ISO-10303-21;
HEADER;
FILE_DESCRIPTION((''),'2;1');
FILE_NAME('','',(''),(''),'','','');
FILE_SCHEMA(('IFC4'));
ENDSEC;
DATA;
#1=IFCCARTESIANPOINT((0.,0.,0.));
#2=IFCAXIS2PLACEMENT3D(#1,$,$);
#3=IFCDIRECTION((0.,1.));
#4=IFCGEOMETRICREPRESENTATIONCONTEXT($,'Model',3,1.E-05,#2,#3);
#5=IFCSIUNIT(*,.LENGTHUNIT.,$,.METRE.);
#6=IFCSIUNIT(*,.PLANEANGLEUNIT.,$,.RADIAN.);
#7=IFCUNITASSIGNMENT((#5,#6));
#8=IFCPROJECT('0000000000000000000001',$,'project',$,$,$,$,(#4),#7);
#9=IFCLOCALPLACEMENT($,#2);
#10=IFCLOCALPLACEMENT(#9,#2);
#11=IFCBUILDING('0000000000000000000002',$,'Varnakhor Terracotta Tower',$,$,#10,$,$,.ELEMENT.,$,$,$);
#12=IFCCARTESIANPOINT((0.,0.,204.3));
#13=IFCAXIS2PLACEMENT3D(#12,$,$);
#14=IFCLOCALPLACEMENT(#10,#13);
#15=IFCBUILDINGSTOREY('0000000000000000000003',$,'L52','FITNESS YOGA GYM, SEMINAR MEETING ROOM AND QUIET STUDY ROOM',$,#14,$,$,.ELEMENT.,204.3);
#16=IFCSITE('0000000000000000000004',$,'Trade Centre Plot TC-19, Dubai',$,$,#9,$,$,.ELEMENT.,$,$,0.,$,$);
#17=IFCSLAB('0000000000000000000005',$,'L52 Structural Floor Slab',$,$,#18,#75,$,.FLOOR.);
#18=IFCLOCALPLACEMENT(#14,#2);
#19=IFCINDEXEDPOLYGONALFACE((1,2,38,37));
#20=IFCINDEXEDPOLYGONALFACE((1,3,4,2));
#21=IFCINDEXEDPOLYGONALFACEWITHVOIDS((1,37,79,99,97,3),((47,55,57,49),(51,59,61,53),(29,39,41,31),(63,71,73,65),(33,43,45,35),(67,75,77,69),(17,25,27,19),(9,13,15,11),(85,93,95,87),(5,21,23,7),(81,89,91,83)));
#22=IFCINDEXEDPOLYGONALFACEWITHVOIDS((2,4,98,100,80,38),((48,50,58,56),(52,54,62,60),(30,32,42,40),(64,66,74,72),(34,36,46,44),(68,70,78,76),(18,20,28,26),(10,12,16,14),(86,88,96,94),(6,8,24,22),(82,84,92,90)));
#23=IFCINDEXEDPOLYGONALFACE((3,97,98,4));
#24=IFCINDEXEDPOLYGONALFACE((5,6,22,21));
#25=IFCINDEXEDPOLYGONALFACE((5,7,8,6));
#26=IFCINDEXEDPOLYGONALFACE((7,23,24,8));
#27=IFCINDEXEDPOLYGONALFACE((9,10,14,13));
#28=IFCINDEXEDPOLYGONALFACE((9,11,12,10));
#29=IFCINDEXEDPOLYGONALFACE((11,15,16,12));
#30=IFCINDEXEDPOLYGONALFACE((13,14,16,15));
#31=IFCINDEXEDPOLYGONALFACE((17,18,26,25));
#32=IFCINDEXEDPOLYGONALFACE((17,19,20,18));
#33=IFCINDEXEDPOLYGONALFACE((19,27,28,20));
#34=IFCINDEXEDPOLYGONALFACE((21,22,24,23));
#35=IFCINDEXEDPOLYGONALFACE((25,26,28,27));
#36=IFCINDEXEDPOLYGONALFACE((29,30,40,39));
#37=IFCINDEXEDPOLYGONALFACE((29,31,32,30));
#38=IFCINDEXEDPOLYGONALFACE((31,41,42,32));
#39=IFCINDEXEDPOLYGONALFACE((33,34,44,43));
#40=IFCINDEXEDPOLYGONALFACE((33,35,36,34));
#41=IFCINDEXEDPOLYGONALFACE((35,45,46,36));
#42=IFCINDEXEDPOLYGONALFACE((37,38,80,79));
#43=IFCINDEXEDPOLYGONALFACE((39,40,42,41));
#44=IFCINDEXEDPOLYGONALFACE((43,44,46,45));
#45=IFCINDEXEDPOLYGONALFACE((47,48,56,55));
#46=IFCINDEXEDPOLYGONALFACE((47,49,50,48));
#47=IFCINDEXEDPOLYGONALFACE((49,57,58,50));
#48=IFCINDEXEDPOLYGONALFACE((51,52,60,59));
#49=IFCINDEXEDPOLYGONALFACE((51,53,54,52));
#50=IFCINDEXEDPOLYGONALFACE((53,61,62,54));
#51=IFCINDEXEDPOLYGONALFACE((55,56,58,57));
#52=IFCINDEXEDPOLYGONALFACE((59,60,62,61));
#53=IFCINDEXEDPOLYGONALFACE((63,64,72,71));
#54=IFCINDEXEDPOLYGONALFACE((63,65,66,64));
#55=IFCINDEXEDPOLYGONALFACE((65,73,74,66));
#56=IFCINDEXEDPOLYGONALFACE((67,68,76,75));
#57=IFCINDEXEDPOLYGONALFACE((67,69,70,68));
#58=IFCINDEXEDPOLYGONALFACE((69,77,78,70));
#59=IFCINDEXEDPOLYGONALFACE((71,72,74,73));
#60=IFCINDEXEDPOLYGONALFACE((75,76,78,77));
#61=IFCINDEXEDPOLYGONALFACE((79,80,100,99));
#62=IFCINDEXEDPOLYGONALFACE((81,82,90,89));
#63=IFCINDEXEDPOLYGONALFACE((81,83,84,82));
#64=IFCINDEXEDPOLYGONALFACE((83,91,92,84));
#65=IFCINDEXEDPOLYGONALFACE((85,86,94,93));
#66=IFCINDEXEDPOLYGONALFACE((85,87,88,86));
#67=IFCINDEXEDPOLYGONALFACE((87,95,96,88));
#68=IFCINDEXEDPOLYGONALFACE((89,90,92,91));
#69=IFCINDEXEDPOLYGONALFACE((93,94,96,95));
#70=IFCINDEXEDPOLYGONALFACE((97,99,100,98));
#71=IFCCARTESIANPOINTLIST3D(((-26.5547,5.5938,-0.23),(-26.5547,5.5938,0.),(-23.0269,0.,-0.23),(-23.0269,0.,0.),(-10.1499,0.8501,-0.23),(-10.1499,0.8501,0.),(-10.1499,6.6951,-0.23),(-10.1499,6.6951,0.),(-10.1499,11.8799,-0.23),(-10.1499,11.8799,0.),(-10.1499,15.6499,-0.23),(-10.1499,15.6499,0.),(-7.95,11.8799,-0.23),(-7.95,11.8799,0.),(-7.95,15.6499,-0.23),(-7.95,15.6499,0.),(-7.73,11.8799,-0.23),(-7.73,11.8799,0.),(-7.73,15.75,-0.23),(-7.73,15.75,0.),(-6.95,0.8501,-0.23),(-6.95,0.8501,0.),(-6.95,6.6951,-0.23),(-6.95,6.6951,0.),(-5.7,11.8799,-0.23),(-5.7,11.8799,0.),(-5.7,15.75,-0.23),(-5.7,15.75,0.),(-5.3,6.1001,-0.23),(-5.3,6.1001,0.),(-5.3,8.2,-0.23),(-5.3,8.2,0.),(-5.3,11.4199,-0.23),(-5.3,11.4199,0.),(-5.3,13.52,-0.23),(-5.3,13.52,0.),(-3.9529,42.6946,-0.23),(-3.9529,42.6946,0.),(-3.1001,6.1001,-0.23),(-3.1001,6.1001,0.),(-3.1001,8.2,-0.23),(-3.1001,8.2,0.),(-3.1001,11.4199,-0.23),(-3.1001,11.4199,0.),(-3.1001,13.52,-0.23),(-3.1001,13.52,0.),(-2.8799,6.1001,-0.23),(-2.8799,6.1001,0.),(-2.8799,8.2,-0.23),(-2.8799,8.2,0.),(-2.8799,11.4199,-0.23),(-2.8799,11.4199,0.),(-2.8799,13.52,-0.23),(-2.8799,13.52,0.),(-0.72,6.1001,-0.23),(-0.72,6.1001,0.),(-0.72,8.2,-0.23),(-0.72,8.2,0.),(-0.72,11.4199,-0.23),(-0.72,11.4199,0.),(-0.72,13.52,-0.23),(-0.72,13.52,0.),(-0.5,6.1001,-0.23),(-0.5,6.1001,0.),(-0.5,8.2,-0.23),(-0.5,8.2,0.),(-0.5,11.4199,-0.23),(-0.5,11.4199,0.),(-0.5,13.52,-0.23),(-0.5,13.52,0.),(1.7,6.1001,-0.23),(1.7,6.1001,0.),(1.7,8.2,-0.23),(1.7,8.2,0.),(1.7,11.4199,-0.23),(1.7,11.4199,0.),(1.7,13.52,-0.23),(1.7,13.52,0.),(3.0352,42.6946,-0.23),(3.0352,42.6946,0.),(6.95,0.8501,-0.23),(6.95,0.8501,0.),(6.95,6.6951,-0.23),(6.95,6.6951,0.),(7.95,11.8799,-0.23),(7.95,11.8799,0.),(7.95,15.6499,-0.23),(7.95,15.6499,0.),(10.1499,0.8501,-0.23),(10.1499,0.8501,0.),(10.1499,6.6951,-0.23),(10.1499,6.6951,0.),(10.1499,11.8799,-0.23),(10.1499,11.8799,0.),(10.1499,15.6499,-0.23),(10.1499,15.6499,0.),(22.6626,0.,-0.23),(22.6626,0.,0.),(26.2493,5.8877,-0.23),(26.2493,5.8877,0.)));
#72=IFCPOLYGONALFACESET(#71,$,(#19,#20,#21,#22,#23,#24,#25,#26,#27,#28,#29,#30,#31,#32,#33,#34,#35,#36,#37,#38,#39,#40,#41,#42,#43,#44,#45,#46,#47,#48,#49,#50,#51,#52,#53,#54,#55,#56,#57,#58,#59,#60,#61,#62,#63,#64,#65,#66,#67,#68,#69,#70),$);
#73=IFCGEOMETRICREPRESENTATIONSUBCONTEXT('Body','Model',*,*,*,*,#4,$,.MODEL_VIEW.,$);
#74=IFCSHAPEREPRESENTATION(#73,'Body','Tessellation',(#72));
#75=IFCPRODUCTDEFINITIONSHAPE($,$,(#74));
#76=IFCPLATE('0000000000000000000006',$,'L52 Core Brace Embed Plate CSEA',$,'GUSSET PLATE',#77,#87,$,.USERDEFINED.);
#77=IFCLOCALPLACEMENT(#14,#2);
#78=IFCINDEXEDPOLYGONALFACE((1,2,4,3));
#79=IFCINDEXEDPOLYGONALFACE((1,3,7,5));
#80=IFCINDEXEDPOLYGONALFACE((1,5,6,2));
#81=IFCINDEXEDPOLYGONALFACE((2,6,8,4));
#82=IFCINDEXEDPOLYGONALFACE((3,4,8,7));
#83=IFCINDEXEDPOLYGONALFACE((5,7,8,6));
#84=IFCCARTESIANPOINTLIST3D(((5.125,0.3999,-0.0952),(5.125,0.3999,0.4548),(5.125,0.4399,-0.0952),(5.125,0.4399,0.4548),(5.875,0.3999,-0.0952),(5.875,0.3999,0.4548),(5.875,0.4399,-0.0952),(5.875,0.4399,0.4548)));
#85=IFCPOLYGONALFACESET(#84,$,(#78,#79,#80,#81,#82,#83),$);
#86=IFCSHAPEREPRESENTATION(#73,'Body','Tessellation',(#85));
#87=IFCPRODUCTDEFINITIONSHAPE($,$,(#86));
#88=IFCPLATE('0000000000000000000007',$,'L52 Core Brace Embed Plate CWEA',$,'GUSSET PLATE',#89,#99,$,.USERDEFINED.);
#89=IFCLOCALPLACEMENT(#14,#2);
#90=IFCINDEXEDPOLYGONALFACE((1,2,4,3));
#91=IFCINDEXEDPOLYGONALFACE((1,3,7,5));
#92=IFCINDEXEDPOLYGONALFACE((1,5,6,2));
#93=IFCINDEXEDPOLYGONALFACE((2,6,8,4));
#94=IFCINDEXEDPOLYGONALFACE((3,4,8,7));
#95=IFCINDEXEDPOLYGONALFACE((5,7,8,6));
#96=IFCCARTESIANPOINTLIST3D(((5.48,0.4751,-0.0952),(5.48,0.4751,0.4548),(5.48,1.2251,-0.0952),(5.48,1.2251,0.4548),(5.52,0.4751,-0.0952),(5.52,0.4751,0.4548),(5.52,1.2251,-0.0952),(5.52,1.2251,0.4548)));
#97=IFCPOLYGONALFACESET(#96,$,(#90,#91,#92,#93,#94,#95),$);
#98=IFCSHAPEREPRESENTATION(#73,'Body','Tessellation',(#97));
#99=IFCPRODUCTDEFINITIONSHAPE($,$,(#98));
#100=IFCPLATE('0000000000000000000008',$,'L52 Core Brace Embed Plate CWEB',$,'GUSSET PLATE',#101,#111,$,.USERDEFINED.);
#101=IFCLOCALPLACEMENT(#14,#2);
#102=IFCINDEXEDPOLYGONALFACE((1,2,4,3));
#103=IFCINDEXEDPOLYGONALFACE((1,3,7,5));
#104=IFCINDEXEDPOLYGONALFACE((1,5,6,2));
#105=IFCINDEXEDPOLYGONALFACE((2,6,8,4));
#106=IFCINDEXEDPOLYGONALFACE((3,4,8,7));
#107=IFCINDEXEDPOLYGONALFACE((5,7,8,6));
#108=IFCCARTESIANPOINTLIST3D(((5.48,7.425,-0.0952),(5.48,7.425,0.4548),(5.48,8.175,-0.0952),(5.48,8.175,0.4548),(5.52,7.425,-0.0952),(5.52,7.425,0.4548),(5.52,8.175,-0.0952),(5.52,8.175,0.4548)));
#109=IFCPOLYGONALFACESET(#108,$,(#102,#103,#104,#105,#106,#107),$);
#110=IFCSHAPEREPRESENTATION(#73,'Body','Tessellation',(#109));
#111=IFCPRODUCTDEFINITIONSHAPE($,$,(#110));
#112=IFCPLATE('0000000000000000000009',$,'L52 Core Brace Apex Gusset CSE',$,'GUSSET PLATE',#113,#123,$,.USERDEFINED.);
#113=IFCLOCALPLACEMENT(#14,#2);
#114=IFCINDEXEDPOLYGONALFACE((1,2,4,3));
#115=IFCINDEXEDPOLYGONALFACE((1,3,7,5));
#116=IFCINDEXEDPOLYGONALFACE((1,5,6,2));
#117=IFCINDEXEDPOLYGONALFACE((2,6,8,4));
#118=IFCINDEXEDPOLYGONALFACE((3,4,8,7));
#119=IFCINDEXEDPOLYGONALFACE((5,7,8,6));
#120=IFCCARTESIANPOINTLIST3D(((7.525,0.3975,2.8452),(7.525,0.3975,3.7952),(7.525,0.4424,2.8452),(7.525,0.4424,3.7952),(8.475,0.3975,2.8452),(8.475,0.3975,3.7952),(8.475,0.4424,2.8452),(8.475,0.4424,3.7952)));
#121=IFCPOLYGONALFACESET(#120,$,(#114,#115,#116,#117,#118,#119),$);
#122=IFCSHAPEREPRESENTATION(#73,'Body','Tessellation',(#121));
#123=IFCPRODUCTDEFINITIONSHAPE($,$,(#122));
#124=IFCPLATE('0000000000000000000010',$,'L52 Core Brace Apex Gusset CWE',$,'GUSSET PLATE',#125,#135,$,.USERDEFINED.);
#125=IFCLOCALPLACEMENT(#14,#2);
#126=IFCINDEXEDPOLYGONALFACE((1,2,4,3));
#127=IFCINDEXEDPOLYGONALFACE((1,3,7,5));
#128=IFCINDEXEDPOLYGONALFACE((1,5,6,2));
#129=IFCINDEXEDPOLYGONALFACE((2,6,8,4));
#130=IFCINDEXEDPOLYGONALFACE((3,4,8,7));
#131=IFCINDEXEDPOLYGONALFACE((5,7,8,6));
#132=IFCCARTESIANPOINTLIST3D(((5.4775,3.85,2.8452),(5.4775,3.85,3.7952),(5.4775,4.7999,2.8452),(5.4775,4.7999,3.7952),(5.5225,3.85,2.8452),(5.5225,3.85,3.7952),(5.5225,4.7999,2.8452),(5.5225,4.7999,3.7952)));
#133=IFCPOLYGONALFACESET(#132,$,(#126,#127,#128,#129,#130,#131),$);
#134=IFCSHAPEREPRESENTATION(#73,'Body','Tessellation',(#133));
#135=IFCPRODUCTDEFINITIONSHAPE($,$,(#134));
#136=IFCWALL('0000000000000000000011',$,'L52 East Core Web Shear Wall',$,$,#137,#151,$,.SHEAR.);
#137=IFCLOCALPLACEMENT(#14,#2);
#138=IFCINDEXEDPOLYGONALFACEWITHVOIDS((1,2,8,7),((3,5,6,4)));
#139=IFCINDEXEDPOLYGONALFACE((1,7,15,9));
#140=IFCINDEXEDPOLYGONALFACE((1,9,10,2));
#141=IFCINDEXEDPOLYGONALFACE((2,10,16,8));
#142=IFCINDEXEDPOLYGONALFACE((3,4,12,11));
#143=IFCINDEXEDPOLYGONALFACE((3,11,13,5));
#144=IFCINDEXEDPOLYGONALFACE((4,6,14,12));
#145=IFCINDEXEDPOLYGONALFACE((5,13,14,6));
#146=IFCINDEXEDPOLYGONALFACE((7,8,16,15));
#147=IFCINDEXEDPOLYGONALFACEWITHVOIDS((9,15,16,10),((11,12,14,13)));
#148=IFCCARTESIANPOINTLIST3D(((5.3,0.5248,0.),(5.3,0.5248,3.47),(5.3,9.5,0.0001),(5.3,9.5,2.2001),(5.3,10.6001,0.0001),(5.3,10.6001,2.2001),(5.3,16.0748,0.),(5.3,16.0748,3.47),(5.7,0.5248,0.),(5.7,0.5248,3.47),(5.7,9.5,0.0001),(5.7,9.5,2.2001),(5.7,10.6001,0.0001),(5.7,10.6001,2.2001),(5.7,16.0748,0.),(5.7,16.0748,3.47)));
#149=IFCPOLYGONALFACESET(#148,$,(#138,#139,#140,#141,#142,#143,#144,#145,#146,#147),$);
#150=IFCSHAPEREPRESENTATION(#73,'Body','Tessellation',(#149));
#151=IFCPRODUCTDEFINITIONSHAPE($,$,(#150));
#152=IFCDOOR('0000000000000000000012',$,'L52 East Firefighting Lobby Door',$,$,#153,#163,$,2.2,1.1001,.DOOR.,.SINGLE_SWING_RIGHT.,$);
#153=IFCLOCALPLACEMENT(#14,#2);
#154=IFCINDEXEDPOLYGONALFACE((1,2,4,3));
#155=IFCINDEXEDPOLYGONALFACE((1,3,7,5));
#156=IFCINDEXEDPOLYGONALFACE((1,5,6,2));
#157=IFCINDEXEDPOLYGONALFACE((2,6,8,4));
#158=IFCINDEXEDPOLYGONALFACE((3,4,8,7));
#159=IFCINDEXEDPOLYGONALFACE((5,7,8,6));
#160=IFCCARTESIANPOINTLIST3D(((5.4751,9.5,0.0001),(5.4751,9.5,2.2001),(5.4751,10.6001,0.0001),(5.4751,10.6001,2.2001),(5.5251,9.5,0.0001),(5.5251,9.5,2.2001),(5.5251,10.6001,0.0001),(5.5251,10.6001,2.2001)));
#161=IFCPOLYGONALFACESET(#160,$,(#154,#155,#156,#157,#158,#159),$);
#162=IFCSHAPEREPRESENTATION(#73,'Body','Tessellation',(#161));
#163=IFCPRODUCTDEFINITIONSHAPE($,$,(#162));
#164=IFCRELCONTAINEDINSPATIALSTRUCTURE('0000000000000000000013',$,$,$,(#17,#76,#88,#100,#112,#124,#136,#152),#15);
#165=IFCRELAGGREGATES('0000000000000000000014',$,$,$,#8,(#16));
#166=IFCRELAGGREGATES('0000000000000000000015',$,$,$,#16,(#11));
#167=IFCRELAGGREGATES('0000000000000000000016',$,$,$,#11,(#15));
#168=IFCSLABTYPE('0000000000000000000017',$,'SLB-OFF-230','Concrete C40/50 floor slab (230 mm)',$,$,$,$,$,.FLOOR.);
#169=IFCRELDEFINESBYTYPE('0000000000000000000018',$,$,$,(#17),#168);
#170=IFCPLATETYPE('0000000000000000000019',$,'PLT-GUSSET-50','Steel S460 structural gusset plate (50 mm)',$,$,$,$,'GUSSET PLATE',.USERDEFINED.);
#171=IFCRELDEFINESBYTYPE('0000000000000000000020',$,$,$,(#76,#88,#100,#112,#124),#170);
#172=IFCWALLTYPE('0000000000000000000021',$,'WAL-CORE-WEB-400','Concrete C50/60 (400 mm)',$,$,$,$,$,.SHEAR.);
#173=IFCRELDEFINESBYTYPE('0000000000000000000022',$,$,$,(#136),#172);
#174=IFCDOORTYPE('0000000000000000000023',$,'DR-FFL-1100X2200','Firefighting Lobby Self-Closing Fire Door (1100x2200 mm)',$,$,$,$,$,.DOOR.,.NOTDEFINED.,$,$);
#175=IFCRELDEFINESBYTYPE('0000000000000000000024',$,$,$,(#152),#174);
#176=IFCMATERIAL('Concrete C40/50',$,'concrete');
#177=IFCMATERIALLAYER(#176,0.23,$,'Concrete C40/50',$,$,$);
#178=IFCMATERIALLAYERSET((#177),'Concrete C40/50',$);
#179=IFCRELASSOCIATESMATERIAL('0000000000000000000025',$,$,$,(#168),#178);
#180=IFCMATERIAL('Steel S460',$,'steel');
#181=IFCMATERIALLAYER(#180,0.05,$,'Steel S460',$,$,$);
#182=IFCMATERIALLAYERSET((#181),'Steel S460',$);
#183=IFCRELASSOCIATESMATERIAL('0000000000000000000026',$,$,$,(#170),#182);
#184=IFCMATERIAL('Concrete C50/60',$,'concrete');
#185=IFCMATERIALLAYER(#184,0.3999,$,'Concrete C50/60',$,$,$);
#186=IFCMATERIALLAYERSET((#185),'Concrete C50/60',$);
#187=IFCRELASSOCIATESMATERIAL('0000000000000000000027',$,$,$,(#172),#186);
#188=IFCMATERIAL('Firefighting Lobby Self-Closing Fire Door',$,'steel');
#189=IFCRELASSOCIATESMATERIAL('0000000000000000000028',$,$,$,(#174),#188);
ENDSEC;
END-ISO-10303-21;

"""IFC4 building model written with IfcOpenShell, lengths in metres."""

from ifc_helpers import new_model, si_unit, direction, frame, frame_2d, origin, origin_2d, place, context, subcontext, project, spatial, polyline, rectangle, outline, extrude, source, transform, mapped, material, layer, layer_set, type_object, type_shapes, element, fill, save


model = new_model("IFC4")

# Units and contexts
model_context = context("Model", 3, precision=1e-05, world=origin(), true_north=direction((0.0, 1.0)))
body_context = subcontext(model_context, "Body", "Model", "MODEL_VIEW")
ifc_project = project(units=[si_unit("LENGTHUNIT", "METRE"), si_unit("PLANEANGLEUNIT", "RADIAN")], contexts=[model_context])

# Site, building, storey
site_placement = place(None, origin())
site = spatial("IfcSite", under=ifc_project, at=site_placement, Name="Trade Centre Plot TC-19, Dubai", CompositionType="ELEMENT", RefElevation=0.0)
building_placement = place(site_placement, origin())
building = spatial("IfcBuilding", under=site, at=building_placement, Name="Varnakhor Terracotta Tower", CompositionType="ELEMENT")
storey_placement = place(building_placement, frame((0.0, 0.0, 204.3)))
storey = spatial("IfcBuildingStorey", under=building, at=storey_placement, Name="L52", Description="FITNESS YOGA GYM, SEMINAR MEETING ROOM AND QUIET STUDY ROOM", CompositionType="ELEMENT", Elevation=204.3)

# Shared definitions
ifc_material_1 = material(Name="Concrete C50/60", Category="concrete")

# Shared definitions
ifc_material_2 = material(Name="Steel S460", Category="steel")

# Shared definitions
ifc_material_3 = material(Name="Concrete C40/50", Category="concrete")

# Slab
ifc_layer_1 = layer(ifc_material_3, 0.23, Name="Concrete C40/50")
ifc_layer_set_1 = layer_set([ifc_layer_1], Name="Concrete C40/50")
slab_type_1 = type_object("IfcSlabType", Name="SLB-OFF-230", Description="Concrete C40/50 floor slab (230 mm)", PredefinedType="FLOOR", material=ifc_layer_set_1)
slab_1_placement = place(storey_placement, frame((0.0, 0.0, -0.23)))
element("IfcSlab", 1, at=slab_1_placement, inside=storey, type_object=slab_type_1, Name="L52 Structural Floor Slab", PredefinedType="FLOOR", context=body_context, shape_type="SweptSolid", body=[
    extrude(outline(polyline([(-26.5547, 5.5938), (-3.9529, 42.6946), (3.0352, 42.6946), (26.2493, 5.8877), (22.6626, 0.0), (-23.0269, 0.0), (-26.5547, 5.5938)]), holes=[polyline([(-6.95, 0.8501), (-6.95, 6.6951), (-10.1499, 6.6951), (-10.1499, 0.8501), (-6.95, 0.8501)]), polyline([(-3.1001, 6.1001), (-3.1001, 8.2), (-5.3, 8.2), (-5.3, 6.1001), (-3.1001, 6.1001)]), polyline([(-0.72, 6.1001), (-0.72, 8.2), (-2.8799, 8.2), (-2.8799, 6.1001), (-0.72, 6.1001)]), polyline([(-5.3, 11.4199), (-3.1001, 11.4199), (-3.1001, 13.52), (-5.3, 13.52), (-5.3, 11.4199)]), polyline([(-10.1499, 11.8799), (-7.95, 11.8799), (-7.95, 15.6499), (-10.1499, 15.6499), (-10.1499, 11.8799)]), polyline([(-5.7, 11.8799), (-5.7, 15.75), (-7.73, 15.75), (-7.73, 11.8799), (-5.7, 11.8799)]), polyline([(6.95, 0.8501), (10.1499, 0.8501), (10.1499, 6.6951), (6.95, 6.6951), (6.95, 0.8501)]), polyline([(-0.5, 6.1001), (1.7, 6.1001), (1.7, 8.2), (-0.5, 8.2), (-0.5, 6.1001)]), polyline([(-0.72, 11.4199), (-0.72, 13.52), (-2.8799, 13.52), (-2.8799, 11.4199), (-0.72, 11.4199)]), polyline([(-0.5, 11.4199), (1.7, 11.4199), (1.7, 13.52), (-0.5, 13.52), (-0.5, 11.4199)]), polyline([(7.95, 11.8799), (10.1499, 11.8799), (10.1499, 15.6499), (7.95, 15.6499), (7.95, 11.8799)])]), origin(), (0.0, 0.0, 1.0), 0.23),
])

# Plates
ifc_layer_2 = layer(ifc_material_2, 0.05, Name="Steel S460")
ifc_layer_set_2 = layer_set([ifc_layer_2], Name="Steel S460")
plate_type = type_object("IfcPlateType", Name="PLT-GUSSET-50", Description="Steel S460 structural gusset plate (50 mm)", ElementType="GUSSET PLATE", PredefinedType="USERDEFINED", material=ifc_layer_set_2)
shared_shape_1 = source(origin(), body_context, "Body", "SweptSolid", [
    extrude(rectangle(XDim=0.75, YDim=0.04, at=origin_2d()), origin(), (0.0, 0.0, 1.0), 0.55),
])
type_shapes(plate_type, [shared_shape_1])
for number, where, z_axis, x_axis, name in (
    (2, (5.5, 0.4199, -0.0952), (0.0, 0.0, 1.0), (1.0, 0.0, 0.0), "L52 Core Brace Embed Plate CSEA"),
    (3, (5.5, 0.8501, -0.0952), (0.0, 0.0, 1.0), (0.0, 1.0, 0.0), "L52 Core Brace Embed Plate CWEA"),
    (4, (5.5, 7.8, -0.0952), (0.0, 0.0, 1.0), (0.0, 1.0, 0.0), "L52 Core Brace Embed Plate CWEB"),
):
    element("IfcPlate", number, at=place(storey_placement, frame(where, z_axis=z_axis, x_axis=x_axis)), inside=storey, type_object=plate_type, Name=name, ObjectType="GUSSET PLATE", PredefinedType="USERDEFINED", context=body_context, shape_type="MappedRepresentation", body=[
        mapped(shared_shape_1, transform((0.0, 0.0, 0.0), scale=1.0)),
    ])
shared_shape_2 = source(origin(), body_context, "Body", "SweptSolid", [
    extrude(rectangle(XDim=0.95, YDim=0.0449, at=origin_2d()), origin(), (0.0, 0.0, 1.0), 0.95),
])
for number, where, z_axis, x_axis, name in (
    (5, (8.0, 0.4199, 2.8452), (0.0, 0.0, 1.0), (1.0, 0.0, 0.0), "L52 Core Brace Apex Gusset CSE"),
    (6, (5.5, 4.325, 2.8452), (0.0, 0.0, 1.0), (0.0, 1.0, 0.0), "L52 Core Brace Apex Gusset CWE"),
):
    element("IfcPlate", number, at=place(storey_placement, frame(where, z_axis=z_axis, x_axis=x_axis)), inside=storey, type_object=plate_type, Name=name, ObjectType="GUSSET PLATE", PredefinedType="USERDEFINED", context=body_context, shape_type="MappedRepresentation", body=[
        mapped(shared_shape_2, transform((0.0, 0.0, 0.0), scale=1.0)),
    ])

# Wall, opening, door
ifc_layer_3 = layer(ifc_material_1, 0.3999, Name="Concrete C50/60")
ifc_layer_set_3 = layer_set([ifc_layer_3], Name="Concrete C50/60")
wall_type_1 = type_object("IfcWallType", Name="WAL-CORE-WEB-400", Description="Concrete C50/60 (400 mm)", PredefinedType="SHEAR", material=ifc_layer_set_3)
wall_1_placement = place(storey_placement, frame((5.5, 0.5249, 0.0), z_axis=(0.0, 0.0, 1.0), x_axis=(0.0, 1.0, 0.0)))
wall_1 = element("IfcWall", 7, at=wall_1_placement, inside=storey, type_object=wall_type_1, Name="L52 East Core Web Shear Wall", PredefinedType="SHEAR", context=body_context, shape_type="SweptSolid", body=[
    extrude(rectangle(XDim=15.55, YDim=0.3999, at=frame_2d((7.7749, 0.0))), origin(), (0.0, 0.0, 1.0), 3.47),
])
opening_1_placement = place(wall_1_placement, frame((8.9751, 0.0, 0.0)))
opening_1 = element("IfcOpeningElement", 8, at=opening_1_placement, cuts=wall_1, PredefinedType="OPENING", context=body_context, shape_type="SweptSolid", body=[
    extrude(rectangle(XDim=1.1001, YDim=2.2, at=frame_2d((0.55, 1.1001))), frame((0.0, 0.21, 0.0), z_axis=(0.0, -1.0, 0.0), x_axis=(1.0, 0.0, 0.0)), (0.0, 0.0, 1.0), 0.4199),
])
ifc_material_4 = material(Name="Firefighting Lobby Self-Closing Fire Door", Category="steel")
door_type_1 = type_object("IfcDoorType", Name="DR-FFL-1100X2200", Description="Firefighting Lobby Self-Closing Fire Door (1100x2200 mm)", OperationType="NOTDEFINED", PredefinedType="DOOR", material=ifc_material_4)
shared_shape_3 = source(origin(), body_context, "Body", "SweptSolid", [
    extrude(rectangle(XDim=1.1001, YDim=2.2, at=frame_2d((0.55, 1.1001))), frame((0.0, 0.0249, 0.0), z_axis=(0.0, -1.0, 0.0), x_axis=(1.0, 0.0, 0.0)), (0.0, 0.0, 1.0), 0.05),
])
type_shapes(door_type_1, [shared_shape_3])
door_1_placement = place(opening_1_placement, origin())
door_1 = element("IfcDoor", 9, at=door_1_placement, inside=storey, type_object=door_type_1, Name="L52 East Firefighting Lobby Door", OperationType="SINGLE_SWING_RIGHT", OverallHeight=2.2, OverallWidth=1.1001, PredefinedType="DOOR", context=body_context, shape_type="MappedRepresentation", body=[
    mapped(shared_shape_3, transform((0.0, 0.0, 0.0), scale=1.0)),
])
fill(opening_1, door_1)

save(model, "model.ifc")
